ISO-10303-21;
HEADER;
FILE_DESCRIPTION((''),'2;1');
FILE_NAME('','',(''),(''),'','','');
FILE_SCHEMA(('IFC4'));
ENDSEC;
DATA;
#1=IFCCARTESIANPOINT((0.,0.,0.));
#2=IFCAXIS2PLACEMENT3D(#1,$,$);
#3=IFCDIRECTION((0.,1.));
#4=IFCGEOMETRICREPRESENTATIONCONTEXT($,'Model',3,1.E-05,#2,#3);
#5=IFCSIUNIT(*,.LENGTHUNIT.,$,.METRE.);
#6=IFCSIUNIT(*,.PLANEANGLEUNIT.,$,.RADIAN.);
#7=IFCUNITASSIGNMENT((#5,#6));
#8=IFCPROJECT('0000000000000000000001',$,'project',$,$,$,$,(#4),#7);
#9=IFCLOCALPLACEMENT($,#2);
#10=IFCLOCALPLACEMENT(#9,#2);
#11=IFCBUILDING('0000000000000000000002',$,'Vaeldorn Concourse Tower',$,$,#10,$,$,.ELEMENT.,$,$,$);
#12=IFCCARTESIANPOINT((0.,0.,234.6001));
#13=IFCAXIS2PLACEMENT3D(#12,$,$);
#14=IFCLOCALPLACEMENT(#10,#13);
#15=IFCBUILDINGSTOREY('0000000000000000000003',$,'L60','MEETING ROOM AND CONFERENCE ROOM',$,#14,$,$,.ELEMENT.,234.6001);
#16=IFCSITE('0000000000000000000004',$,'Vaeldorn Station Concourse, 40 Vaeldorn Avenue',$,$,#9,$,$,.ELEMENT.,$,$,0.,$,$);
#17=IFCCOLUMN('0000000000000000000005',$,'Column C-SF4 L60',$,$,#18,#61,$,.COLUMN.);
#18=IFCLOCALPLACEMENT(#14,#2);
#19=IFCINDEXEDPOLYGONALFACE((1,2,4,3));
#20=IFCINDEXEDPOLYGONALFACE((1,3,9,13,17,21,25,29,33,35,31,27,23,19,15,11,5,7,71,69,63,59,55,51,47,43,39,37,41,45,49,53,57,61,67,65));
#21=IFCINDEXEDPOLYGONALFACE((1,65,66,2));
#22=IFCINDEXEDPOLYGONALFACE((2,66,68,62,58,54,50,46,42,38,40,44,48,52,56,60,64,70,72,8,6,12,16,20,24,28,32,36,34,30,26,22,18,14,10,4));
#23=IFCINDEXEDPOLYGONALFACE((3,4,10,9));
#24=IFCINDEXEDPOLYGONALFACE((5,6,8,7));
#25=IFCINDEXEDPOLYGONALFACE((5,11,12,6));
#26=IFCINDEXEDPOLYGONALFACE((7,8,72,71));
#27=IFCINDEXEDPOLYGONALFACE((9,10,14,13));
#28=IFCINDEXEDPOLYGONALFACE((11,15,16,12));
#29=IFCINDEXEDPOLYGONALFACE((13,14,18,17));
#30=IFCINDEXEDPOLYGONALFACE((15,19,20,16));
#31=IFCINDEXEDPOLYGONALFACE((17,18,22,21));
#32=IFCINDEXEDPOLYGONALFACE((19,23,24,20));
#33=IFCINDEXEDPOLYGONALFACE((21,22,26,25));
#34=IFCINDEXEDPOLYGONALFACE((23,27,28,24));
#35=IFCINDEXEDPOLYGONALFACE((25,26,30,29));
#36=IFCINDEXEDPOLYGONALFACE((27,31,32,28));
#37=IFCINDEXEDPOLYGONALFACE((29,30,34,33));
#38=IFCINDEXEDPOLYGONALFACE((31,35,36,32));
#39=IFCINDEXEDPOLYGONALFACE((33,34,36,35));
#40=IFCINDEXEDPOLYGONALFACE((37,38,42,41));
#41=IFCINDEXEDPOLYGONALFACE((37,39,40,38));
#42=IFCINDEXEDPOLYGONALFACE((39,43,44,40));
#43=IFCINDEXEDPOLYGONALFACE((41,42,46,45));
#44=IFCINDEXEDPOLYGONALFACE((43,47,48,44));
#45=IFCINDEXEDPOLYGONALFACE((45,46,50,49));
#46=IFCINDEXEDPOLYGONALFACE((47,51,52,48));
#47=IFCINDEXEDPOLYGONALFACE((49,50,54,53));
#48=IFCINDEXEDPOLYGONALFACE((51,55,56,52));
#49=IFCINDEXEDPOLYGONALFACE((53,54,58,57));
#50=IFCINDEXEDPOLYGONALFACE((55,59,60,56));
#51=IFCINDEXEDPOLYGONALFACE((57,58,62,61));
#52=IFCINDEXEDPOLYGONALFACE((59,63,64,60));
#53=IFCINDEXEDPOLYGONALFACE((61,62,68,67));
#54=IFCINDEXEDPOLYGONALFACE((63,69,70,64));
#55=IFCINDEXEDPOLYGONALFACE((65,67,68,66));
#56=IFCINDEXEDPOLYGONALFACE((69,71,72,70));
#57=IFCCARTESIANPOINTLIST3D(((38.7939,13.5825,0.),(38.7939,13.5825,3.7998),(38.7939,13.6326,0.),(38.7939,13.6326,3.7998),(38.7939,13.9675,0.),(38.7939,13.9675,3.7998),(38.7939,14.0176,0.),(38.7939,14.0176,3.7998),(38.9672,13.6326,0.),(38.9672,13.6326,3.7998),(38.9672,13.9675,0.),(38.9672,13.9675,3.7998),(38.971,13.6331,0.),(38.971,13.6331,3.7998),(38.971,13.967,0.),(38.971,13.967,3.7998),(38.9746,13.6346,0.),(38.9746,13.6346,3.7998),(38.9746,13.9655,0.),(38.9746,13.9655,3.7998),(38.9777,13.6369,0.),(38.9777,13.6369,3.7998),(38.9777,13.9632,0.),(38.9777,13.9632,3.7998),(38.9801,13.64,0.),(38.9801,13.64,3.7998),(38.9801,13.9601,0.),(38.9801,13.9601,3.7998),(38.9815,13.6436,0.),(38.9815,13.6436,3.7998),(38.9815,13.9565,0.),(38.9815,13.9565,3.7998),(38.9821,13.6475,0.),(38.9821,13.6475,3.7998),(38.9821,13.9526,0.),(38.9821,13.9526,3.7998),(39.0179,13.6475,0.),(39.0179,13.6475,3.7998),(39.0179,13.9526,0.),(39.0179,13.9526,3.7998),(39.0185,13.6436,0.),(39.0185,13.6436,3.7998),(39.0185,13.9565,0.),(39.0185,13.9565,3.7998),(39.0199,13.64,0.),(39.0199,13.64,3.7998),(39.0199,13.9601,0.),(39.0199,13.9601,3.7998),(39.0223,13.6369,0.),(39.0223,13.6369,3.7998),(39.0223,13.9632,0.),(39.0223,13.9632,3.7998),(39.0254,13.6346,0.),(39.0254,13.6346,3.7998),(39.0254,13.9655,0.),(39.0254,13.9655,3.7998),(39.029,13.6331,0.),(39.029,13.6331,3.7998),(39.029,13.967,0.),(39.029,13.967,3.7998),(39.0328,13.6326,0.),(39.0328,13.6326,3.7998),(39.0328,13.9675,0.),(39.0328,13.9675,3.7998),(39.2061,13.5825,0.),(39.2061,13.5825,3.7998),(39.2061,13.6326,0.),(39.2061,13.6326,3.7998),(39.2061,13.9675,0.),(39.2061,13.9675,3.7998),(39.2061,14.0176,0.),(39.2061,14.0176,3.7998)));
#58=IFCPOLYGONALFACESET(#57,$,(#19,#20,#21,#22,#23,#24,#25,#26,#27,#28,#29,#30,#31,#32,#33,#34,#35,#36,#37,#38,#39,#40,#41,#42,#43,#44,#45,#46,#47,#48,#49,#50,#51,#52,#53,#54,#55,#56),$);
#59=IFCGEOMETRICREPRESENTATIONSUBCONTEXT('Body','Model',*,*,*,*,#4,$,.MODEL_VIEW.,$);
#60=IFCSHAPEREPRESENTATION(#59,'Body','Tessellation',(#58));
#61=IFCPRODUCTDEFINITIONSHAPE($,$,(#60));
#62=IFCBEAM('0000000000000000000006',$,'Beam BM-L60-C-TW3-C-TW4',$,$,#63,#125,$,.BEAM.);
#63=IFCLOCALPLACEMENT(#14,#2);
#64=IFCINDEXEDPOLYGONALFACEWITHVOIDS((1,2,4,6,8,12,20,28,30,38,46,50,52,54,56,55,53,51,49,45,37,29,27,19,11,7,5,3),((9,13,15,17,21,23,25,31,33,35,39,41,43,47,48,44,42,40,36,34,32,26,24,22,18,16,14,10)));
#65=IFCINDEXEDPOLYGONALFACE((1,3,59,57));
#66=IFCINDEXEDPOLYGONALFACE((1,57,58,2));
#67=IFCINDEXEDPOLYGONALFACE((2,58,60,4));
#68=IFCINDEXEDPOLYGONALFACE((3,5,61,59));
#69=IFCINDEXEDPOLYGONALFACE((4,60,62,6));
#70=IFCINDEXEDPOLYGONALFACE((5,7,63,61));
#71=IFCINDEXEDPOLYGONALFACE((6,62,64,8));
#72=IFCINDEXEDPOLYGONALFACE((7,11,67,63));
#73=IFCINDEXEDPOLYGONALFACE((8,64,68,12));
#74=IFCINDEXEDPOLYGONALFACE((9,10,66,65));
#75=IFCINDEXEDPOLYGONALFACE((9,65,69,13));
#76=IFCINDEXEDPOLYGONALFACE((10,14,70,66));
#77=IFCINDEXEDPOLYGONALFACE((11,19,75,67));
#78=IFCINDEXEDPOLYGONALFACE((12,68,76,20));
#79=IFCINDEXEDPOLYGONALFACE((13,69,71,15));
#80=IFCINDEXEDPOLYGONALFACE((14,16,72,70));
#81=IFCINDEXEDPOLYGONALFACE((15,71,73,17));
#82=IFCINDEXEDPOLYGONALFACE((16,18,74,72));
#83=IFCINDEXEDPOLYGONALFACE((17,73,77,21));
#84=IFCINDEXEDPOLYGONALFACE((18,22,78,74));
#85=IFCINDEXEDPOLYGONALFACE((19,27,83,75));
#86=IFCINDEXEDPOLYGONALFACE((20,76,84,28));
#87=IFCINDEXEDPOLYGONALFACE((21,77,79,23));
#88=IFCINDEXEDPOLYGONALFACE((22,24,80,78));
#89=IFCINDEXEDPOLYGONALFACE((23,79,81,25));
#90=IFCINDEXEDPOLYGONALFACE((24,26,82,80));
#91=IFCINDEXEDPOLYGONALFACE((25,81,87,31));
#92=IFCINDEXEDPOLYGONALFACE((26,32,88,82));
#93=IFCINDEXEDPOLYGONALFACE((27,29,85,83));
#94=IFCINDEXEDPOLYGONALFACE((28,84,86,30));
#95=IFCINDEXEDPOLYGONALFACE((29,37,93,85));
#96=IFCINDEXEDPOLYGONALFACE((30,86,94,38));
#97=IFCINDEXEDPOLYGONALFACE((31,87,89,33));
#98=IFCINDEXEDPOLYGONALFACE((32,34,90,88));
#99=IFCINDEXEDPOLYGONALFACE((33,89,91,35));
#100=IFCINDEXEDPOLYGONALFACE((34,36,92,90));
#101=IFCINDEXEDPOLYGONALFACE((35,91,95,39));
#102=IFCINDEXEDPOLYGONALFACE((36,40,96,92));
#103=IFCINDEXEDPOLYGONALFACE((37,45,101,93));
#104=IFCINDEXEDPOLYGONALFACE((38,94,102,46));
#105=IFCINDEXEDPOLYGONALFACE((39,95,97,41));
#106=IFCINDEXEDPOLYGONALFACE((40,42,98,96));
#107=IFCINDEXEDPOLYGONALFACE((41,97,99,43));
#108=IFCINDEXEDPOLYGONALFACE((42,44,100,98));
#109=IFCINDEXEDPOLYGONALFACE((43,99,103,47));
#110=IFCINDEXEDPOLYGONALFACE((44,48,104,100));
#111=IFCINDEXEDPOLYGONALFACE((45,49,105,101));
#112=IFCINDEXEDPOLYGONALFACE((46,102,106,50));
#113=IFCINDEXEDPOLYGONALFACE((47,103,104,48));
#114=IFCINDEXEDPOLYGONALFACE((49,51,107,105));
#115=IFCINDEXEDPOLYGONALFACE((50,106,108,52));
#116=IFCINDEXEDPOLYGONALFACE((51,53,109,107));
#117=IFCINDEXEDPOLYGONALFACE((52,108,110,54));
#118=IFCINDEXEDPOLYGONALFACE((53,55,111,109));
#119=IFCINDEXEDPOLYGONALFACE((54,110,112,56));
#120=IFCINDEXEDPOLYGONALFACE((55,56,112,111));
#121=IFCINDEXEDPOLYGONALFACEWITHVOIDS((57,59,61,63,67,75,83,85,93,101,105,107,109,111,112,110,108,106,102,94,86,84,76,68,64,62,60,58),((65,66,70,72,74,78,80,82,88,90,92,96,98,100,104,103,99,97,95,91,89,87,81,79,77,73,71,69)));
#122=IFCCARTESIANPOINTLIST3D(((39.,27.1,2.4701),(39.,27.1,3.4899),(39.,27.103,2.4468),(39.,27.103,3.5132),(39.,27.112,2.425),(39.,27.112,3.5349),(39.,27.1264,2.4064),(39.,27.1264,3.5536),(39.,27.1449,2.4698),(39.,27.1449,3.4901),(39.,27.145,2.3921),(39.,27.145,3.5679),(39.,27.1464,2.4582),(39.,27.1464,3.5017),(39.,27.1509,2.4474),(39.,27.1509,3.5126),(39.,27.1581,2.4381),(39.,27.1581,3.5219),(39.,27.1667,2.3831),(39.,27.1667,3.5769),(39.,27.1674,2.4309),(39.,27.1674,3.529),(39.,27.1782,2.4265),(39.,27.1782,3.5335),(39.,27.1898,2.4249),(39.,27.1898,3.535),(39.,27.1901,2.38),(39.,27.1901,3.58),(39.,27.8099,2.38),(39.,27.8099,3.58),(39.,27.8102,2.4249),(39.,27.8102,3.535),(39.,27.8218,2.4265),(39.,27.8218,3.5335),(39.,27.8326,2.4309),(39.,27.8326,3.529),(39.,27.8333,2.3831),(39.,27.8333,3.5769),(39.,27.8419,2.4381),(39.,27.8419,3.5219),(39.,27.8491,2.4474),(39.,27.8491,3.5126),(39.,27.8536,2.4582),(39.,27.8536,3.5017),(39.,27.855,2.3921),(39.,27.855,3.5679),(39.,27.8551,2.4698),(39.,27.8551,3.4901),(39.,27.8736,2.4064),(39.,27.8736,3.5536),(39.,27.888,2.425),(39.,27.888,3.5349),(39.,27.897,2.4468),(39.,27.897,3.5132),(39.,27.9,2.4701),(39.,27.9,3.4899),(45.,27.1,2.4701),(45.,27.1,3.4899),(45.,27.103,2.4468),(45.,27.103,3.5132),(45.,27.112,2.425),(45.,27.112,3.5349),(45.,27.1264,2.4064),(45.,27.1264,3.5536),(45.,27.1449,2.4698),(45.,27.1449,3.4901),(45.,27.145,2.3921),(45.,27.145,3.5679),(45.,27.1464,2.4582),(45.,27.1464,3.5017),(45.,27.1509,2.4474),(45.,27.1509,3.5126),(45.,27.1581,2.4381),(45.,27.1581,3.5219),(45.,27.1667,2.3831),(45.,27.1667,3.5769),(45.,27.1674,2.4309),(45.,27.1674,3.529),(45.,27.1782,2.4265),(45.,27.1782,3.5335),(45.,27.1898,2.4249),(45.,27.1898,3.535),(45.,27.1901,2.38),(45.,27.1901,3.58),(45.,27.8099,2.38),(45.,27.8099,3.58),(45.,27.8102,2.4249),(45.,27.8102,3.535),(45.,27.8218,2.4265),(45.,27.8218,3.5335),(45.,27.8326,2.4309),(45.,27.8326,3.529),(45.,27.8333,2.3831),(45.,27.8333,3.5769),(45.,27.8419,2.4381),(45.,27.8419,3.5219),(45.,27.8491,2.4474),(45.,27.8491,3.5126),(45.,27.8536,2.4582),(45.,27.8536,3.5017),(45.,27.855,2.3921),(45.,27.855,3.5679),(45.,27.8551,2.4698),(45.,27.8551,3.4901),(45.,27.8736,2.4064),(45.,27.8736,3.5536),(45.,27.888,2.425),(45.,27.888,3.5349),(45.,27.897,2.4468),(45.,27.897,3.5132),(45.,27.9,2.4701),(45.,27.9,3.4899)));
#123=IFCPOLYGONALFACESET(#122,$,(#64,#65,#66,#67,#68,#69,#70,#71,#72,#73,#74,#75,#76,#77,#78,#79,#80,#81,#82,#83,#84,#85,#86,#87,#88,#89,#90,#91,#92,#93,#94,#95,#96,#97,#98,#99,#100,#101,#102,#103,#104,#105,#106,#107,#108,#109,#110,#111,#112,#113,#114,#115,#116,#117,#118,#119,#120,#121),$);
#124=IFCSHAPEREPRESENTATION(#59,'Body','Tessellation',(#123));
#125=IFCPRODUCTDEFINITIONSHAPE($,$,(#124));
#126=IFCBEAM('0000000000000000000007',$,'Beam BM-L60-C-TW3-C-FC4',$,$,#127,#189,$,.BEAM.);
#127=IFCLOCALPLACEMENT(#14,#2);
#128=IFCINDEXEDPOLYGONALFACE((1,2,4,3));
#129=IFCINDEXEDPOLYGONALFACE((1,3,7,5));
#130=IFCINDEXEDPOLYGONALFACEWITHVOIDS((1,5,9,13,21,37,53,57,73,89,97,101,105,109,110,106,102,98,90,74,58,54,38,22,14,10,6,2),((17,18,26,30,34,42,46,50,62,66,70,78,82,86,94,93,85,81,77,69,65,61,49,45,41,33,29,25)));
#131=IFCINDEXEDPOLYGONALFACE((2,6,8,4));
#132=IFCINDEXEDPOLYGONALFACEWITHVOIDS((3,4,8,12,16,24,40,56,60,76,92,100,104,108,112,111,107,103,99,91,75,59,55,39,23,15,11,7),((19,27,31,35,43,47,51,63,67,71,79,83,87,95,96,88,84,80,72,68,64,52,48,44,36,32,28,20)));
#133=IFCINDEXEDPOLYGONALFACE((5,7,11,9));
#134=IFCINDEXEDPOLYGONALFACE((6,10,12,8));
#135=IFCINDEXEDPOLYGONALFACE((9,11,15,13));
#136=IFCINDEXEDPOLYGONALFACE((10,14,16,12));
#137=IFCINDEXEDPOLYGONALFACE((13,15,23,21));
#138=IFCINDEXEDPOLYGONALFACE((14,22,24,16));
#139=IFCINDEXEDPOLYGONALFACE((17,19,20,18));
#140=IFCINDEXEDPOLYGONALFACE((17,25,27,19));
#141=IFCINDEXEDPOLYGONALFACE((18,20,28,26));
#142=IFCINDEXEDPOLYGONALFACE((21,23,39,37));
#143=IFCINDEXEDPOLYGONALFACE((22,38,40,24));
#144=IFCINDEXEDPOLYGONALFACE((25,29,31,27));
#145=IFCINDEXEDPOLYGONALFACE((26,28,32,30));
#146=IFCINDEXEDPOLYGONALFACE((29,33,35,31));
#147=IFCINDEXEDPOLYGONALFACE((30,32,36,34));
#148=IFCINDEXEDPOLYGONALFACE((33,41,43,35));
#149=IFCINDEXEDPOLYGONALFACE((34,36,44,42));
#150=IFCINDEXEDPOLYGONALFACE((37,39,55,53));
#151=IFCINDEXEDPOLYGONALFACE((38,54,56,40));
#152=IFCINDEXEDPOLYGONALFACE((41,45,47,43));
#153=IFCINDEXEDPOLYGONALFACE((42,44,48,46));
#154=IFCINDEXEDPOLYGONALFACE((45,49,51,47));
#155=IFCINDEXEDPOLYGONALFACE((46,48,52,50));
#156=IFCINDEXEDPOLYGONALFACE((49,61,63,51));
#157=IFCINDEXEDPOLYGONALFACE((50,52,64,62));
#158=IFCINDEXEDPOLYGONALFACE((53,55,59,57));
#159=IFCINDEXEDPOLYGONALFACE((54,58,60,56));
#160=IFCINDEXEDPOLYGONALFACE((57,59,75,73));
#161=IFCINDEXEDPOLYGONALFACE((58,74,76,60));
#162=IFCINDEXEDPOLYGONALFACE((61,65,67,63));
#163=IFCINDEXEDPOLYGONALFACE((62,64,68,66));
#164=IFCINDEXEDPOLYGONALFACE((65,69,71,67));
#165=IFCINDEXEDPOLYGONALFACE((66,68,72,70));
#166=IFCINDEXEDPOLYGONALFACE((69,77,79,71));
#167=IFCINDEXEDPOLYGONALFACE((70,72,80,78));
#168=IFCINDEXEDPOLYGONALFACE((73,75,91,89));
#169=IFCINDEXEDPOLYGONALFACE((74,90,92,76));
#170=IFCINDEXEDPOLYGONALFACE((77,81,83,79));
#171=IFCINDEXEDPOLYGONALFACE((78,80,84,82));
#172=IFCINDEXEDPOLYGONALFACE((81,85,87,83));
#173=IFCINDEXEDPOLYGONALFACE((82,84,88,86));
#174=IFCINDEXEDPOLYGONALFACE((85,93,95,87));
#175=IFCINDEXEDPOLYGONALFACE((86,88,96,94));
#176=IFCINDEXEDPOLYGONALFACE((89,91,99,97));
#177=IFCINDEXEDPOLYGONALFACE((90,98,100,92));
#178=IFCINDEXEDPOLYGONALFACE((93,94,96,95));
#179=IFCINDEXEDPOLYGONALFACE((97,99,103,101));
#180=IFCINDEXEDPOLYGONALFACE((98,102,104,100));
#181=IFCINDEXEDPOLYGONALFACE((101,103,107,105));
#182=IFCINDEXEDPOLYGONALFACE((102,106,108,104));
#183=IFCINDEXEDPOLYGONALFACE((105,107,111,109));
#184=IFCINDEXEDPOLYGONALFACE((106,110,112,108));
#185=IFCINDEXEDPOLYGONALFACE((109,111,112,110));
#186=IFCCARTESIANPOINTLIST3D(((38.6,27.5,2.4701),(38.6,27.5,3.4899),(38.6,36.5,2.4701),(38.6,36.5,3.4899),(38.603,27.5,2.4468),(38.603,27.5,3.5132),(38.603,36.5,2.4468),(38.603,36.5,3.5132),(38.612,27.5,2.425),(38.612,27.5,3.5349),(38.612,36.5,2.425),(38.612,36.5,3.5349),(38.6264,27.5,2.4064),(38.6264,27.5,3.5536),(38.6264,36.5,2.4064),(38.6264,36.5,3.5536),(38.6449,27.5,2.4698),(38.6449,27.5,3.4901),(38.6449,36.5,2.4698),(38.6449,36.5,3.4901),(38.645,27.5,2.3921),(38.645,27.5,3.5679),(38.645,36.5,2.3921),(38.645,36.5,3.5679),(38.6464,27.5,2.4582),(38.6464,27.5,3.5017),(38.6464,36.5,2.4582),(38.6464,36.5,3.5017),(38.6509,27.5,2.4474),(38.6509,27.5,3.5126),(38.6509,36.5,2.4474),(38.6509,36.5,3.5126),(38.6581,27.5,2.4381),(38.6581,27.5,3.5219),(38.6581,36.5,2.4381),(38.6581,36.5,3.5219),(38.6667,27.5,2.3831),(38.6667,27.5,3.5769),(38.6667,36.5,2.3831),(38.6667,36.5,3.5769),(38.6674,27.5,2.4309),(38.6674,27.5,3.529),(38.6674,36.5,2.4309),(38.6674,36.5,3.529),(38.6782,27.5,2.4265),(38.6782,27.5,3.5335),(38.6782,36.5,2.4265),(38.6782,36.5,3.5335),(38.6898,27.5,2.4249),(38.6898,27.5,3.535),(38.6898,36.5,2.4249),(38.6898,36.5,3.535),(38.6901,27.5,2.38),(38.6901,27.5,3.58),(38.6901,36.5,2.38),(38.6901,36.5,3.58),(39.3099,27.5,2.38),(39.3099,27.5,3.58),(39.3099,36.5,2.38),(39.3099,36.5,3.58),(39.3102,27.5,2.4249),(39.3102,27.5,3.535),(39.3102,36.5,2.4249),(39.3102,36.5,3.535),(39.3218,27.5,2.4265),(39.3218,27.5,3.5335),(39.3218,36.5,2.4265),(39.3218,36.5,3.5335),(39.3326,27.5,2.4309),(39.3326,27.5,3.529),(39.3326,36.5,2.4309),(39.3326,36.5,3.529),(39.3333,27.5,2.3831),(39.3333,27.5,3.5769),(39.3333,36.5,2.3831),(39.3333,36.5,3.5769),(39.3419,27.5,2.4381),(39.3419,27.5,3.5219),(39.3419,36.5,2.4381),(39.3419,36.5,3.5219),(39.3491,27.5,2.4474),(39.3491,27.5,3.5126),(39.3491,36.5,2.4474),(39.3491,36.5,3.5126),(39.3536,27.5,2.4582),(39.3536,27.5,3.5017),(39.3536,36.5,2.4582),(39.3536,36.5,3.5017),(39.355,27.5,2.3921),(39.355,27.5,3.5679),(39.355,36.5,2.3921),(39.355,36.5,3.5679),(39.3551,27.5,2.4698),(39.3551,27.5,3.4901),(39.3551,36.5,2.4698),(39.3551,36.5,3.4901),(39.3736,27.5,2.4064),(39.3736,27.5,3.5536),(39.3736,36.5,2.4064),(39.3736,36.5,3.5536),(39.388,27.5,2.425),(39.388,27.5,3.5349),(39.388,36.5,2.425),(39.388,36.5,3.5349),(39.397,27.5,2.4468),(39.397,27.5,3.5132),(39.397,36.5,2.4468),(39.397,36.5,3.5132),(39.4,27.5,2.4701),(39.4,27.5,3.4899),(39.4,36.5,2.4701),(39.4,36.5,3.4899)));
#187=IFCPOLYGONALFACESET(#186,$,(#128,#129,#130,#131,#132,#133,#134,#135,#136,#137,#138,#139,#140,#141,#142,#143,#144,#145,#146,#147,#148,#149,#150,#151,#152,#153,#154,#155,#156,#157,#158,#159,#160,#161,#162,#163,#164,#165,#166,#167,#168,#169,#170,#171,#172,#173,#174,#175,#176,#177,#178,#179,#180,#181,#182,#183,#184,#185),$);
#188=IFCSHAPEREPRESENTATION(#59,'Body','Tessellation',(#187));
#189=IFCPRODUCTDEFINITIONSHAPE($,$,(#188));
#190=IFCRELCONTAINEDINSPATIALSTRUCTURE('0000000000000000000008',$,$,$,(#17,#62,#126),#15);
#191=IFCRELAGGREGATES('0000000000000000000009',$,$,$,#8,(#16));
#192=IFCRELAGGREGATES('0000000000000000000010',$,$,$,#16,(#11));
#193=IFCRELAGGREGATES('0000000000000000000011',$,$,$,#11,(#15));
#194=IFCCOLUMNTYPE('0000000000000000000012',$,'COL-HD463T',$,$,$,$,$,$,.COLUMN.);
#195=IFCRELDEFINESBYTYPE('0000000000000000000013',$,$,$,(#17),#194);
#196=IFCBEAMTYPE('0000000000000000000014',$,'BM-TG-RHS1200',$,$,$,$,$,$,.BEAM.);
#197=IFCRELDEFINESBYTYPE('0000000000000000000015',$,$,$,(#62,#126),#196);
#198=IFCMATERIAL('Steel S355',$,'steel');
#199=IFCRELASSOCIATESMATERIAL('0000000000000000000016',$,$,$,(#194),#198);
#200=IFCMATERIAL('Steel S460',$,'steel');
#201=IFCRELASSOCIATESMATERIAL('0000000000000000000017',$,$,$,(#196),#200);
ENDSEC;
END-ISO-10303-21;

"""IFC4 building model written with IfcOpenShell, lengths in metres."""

from ifc_helpers import new_model, si_unit, direction, frame, origin, origin_2d, place, context, subcontext, project, spatial, hollow_rectangle, i_section, extrude, source, transform, mapped, material, material_profile, profile_set, type_object, element, save


model = new_model("IFC4")

# Units and contexts
model_context = context("Model", 3, precision=1e-05, world=origin(), true_north=direction((0.0, 1.0)))
body_context = subcontext(model_context, "Body", "Model", "MODEL_VIEW")
ifc_project = project(units=[si_unit("LENGTHUNIT", "METRE"), si_unit("PLANEANGLEUNIT", "RADIAN")], contexts=[model_context])

# Site, building, storey
site_placement = place(None, origin())
site = spatial("IfcSite", under=ifc_project, at=site_placement, Name="Vaeldorn Station Concourse, 40 Vaeldorn Avenue", CompositionType="ELEMENT", RefElevation=0.0)
building_placement = place(site_placement, origin())
building = spatial("IfcBuilding", under=site, at=building_placement, Name="Vaeldorn Concourse Tower", CompositionType="ELEMENT")
storey_placement = place(building_placement, frame((0.0, 0.0, 234.6001)))
storey = spatial("IfcBuildingStorey", under=building, at=storey_placement, Name="L60", Description="MEETING ROOM AND CONFERENCE ROOM", CompositionType="ELEMENT", Elevation=234.6001)

# Column
ifc_material_1 = material(Name="Steel S355", Category="steel")
ifc_material_profile_1 = material_profile(ifc_material_1, i_section(OverallWidth=0.4121, OverallDepth=0.4351, WebThickness=0.0359, FlangeThickness=0.05, FilletRadius=0.0149, at=origin_2d()), Name="HD 400x463")
ifc_profile_set_1 = profile_set([ifc_material_profile_1], Name="Steel S355")
column_type_1 = type_object("IfcColumnType", Name="COL-HD463T", PredefinedType="COLUMN", material=ifc_profile_set_1)
shared_shape_1 = source(origin(), body_context, "Body", "SweptSolid", [
    extrude(i_section(OverallWidth=0.4121, OverallDepth=0.4351, WebThickness=0.0359, FlangeThickness=0.05, FilletRadius=0.0149, at=origin_2d()), origin(), (0.0, 0.0, 1.0), 3.7998),
])
for number, where, z_axis, x_axis, name in (
    (1, (39.0, 13.8, 0.0), (0.0, 0.0, 1.0), (1.0, 0.0, 0.0), "Column C-SF4 L60"),
):
    element("IfcColumn", number, at=place(storey_placement, frame(where, z_axis=z_axis, x_axis=x_axis)), inside=storey, type_object=column_type_1, Name=name, PredefinedType="COLUMN", context=body_context, shape_type="MappedRepresentation", body=[
        mapped(shared_shape_1, transform((0.0, 0.0, 0.0), scale=1.0)),
    ])

# Beams
ifc_material_2 = material(Name="Steel S460", Category="steel")
ifc_material_profile_2 = material_profile(ifc_material_2, hollow_rectangle(XDim=0.8, YDim=1.2, WallThickness=0.0449, InnerFilletRadius=0.0449, OuterFilletRadius=0.0901, at=origin_2d()), Name="RHS 1200x800x45")
ifc_profile_set_2 = profile_set([ifc_material_profile_2], Name="Steel S460")
beam_type_1 = type_object("IfcBeamType", Name="BM-TG-RHS1200", PredefinedType="BEAM", material=ifc_profile_set_2)
shared_shape_2 = source(origin(), body_context, "Body", "SweptSolid", [
    extrude(hollow_rectangle(XDim=0.8, YDim=1.2, WallThickness=0.0449, InnerFilletRadius=0.0449, OuterFilletRadius=0.0901, at=origin_2d()), origin(), (0.0, 0.0, 1.0), 6.0),
])
beam_1_placement = place(storey_placement, frame((39.0, 27.5, 2.98), z_axis=(1.0, 0.0, 0.0), x_axis=(0.0, 1.0, 0.0)))
element("IfcBeam", 2, at=beam_1_placement, inside=storey, type_object=beam_type_1, Name="Beam BM-L60-C-TW3-C-TW4", PredefinedType="BEAM", context=body_context, shape_type="MappedRepresentation", body=[
    mapped(shared_shape_2, transform((0.0, 0.0, 0.0), scale=1.0)),
])
shared_shape_3 = source(origin(), body_context, "Body", "SweptSolid", [
    extrude(hollow_rectangle(XDim=0.8, YDim=1.2, WallThickness=0.0449, InnerFilletRadius=0.0449, OuterFilletRadius=0.0901, at=origin_2d()), origin(), (0.0, 0.0, 1.0), 9.0),
])
for number, where, z_axis, x_axis, name in (
    (3, (39.0, 27.5, 2.98), (0.0, 1.0, 0.0), (-1.0, 0.0, 0.0), "Beam BM-L60-C-TW3-C-FC4"),
):
    element("IfcBeam", number, at=place(storey_placement, frame(where, z_axis=z_axis, x_axis=x_axis)), inside=storey, type_object=beam_type_1, Name=name, PredefinedType="BEAM", context=body_context, shape_type="MappedRepresentation", body=[
        mapped(shared_shape_3, transform((0.0, 0.0, 0.0), scale=1.0)),
    ])

save(model, "model.ifc")
